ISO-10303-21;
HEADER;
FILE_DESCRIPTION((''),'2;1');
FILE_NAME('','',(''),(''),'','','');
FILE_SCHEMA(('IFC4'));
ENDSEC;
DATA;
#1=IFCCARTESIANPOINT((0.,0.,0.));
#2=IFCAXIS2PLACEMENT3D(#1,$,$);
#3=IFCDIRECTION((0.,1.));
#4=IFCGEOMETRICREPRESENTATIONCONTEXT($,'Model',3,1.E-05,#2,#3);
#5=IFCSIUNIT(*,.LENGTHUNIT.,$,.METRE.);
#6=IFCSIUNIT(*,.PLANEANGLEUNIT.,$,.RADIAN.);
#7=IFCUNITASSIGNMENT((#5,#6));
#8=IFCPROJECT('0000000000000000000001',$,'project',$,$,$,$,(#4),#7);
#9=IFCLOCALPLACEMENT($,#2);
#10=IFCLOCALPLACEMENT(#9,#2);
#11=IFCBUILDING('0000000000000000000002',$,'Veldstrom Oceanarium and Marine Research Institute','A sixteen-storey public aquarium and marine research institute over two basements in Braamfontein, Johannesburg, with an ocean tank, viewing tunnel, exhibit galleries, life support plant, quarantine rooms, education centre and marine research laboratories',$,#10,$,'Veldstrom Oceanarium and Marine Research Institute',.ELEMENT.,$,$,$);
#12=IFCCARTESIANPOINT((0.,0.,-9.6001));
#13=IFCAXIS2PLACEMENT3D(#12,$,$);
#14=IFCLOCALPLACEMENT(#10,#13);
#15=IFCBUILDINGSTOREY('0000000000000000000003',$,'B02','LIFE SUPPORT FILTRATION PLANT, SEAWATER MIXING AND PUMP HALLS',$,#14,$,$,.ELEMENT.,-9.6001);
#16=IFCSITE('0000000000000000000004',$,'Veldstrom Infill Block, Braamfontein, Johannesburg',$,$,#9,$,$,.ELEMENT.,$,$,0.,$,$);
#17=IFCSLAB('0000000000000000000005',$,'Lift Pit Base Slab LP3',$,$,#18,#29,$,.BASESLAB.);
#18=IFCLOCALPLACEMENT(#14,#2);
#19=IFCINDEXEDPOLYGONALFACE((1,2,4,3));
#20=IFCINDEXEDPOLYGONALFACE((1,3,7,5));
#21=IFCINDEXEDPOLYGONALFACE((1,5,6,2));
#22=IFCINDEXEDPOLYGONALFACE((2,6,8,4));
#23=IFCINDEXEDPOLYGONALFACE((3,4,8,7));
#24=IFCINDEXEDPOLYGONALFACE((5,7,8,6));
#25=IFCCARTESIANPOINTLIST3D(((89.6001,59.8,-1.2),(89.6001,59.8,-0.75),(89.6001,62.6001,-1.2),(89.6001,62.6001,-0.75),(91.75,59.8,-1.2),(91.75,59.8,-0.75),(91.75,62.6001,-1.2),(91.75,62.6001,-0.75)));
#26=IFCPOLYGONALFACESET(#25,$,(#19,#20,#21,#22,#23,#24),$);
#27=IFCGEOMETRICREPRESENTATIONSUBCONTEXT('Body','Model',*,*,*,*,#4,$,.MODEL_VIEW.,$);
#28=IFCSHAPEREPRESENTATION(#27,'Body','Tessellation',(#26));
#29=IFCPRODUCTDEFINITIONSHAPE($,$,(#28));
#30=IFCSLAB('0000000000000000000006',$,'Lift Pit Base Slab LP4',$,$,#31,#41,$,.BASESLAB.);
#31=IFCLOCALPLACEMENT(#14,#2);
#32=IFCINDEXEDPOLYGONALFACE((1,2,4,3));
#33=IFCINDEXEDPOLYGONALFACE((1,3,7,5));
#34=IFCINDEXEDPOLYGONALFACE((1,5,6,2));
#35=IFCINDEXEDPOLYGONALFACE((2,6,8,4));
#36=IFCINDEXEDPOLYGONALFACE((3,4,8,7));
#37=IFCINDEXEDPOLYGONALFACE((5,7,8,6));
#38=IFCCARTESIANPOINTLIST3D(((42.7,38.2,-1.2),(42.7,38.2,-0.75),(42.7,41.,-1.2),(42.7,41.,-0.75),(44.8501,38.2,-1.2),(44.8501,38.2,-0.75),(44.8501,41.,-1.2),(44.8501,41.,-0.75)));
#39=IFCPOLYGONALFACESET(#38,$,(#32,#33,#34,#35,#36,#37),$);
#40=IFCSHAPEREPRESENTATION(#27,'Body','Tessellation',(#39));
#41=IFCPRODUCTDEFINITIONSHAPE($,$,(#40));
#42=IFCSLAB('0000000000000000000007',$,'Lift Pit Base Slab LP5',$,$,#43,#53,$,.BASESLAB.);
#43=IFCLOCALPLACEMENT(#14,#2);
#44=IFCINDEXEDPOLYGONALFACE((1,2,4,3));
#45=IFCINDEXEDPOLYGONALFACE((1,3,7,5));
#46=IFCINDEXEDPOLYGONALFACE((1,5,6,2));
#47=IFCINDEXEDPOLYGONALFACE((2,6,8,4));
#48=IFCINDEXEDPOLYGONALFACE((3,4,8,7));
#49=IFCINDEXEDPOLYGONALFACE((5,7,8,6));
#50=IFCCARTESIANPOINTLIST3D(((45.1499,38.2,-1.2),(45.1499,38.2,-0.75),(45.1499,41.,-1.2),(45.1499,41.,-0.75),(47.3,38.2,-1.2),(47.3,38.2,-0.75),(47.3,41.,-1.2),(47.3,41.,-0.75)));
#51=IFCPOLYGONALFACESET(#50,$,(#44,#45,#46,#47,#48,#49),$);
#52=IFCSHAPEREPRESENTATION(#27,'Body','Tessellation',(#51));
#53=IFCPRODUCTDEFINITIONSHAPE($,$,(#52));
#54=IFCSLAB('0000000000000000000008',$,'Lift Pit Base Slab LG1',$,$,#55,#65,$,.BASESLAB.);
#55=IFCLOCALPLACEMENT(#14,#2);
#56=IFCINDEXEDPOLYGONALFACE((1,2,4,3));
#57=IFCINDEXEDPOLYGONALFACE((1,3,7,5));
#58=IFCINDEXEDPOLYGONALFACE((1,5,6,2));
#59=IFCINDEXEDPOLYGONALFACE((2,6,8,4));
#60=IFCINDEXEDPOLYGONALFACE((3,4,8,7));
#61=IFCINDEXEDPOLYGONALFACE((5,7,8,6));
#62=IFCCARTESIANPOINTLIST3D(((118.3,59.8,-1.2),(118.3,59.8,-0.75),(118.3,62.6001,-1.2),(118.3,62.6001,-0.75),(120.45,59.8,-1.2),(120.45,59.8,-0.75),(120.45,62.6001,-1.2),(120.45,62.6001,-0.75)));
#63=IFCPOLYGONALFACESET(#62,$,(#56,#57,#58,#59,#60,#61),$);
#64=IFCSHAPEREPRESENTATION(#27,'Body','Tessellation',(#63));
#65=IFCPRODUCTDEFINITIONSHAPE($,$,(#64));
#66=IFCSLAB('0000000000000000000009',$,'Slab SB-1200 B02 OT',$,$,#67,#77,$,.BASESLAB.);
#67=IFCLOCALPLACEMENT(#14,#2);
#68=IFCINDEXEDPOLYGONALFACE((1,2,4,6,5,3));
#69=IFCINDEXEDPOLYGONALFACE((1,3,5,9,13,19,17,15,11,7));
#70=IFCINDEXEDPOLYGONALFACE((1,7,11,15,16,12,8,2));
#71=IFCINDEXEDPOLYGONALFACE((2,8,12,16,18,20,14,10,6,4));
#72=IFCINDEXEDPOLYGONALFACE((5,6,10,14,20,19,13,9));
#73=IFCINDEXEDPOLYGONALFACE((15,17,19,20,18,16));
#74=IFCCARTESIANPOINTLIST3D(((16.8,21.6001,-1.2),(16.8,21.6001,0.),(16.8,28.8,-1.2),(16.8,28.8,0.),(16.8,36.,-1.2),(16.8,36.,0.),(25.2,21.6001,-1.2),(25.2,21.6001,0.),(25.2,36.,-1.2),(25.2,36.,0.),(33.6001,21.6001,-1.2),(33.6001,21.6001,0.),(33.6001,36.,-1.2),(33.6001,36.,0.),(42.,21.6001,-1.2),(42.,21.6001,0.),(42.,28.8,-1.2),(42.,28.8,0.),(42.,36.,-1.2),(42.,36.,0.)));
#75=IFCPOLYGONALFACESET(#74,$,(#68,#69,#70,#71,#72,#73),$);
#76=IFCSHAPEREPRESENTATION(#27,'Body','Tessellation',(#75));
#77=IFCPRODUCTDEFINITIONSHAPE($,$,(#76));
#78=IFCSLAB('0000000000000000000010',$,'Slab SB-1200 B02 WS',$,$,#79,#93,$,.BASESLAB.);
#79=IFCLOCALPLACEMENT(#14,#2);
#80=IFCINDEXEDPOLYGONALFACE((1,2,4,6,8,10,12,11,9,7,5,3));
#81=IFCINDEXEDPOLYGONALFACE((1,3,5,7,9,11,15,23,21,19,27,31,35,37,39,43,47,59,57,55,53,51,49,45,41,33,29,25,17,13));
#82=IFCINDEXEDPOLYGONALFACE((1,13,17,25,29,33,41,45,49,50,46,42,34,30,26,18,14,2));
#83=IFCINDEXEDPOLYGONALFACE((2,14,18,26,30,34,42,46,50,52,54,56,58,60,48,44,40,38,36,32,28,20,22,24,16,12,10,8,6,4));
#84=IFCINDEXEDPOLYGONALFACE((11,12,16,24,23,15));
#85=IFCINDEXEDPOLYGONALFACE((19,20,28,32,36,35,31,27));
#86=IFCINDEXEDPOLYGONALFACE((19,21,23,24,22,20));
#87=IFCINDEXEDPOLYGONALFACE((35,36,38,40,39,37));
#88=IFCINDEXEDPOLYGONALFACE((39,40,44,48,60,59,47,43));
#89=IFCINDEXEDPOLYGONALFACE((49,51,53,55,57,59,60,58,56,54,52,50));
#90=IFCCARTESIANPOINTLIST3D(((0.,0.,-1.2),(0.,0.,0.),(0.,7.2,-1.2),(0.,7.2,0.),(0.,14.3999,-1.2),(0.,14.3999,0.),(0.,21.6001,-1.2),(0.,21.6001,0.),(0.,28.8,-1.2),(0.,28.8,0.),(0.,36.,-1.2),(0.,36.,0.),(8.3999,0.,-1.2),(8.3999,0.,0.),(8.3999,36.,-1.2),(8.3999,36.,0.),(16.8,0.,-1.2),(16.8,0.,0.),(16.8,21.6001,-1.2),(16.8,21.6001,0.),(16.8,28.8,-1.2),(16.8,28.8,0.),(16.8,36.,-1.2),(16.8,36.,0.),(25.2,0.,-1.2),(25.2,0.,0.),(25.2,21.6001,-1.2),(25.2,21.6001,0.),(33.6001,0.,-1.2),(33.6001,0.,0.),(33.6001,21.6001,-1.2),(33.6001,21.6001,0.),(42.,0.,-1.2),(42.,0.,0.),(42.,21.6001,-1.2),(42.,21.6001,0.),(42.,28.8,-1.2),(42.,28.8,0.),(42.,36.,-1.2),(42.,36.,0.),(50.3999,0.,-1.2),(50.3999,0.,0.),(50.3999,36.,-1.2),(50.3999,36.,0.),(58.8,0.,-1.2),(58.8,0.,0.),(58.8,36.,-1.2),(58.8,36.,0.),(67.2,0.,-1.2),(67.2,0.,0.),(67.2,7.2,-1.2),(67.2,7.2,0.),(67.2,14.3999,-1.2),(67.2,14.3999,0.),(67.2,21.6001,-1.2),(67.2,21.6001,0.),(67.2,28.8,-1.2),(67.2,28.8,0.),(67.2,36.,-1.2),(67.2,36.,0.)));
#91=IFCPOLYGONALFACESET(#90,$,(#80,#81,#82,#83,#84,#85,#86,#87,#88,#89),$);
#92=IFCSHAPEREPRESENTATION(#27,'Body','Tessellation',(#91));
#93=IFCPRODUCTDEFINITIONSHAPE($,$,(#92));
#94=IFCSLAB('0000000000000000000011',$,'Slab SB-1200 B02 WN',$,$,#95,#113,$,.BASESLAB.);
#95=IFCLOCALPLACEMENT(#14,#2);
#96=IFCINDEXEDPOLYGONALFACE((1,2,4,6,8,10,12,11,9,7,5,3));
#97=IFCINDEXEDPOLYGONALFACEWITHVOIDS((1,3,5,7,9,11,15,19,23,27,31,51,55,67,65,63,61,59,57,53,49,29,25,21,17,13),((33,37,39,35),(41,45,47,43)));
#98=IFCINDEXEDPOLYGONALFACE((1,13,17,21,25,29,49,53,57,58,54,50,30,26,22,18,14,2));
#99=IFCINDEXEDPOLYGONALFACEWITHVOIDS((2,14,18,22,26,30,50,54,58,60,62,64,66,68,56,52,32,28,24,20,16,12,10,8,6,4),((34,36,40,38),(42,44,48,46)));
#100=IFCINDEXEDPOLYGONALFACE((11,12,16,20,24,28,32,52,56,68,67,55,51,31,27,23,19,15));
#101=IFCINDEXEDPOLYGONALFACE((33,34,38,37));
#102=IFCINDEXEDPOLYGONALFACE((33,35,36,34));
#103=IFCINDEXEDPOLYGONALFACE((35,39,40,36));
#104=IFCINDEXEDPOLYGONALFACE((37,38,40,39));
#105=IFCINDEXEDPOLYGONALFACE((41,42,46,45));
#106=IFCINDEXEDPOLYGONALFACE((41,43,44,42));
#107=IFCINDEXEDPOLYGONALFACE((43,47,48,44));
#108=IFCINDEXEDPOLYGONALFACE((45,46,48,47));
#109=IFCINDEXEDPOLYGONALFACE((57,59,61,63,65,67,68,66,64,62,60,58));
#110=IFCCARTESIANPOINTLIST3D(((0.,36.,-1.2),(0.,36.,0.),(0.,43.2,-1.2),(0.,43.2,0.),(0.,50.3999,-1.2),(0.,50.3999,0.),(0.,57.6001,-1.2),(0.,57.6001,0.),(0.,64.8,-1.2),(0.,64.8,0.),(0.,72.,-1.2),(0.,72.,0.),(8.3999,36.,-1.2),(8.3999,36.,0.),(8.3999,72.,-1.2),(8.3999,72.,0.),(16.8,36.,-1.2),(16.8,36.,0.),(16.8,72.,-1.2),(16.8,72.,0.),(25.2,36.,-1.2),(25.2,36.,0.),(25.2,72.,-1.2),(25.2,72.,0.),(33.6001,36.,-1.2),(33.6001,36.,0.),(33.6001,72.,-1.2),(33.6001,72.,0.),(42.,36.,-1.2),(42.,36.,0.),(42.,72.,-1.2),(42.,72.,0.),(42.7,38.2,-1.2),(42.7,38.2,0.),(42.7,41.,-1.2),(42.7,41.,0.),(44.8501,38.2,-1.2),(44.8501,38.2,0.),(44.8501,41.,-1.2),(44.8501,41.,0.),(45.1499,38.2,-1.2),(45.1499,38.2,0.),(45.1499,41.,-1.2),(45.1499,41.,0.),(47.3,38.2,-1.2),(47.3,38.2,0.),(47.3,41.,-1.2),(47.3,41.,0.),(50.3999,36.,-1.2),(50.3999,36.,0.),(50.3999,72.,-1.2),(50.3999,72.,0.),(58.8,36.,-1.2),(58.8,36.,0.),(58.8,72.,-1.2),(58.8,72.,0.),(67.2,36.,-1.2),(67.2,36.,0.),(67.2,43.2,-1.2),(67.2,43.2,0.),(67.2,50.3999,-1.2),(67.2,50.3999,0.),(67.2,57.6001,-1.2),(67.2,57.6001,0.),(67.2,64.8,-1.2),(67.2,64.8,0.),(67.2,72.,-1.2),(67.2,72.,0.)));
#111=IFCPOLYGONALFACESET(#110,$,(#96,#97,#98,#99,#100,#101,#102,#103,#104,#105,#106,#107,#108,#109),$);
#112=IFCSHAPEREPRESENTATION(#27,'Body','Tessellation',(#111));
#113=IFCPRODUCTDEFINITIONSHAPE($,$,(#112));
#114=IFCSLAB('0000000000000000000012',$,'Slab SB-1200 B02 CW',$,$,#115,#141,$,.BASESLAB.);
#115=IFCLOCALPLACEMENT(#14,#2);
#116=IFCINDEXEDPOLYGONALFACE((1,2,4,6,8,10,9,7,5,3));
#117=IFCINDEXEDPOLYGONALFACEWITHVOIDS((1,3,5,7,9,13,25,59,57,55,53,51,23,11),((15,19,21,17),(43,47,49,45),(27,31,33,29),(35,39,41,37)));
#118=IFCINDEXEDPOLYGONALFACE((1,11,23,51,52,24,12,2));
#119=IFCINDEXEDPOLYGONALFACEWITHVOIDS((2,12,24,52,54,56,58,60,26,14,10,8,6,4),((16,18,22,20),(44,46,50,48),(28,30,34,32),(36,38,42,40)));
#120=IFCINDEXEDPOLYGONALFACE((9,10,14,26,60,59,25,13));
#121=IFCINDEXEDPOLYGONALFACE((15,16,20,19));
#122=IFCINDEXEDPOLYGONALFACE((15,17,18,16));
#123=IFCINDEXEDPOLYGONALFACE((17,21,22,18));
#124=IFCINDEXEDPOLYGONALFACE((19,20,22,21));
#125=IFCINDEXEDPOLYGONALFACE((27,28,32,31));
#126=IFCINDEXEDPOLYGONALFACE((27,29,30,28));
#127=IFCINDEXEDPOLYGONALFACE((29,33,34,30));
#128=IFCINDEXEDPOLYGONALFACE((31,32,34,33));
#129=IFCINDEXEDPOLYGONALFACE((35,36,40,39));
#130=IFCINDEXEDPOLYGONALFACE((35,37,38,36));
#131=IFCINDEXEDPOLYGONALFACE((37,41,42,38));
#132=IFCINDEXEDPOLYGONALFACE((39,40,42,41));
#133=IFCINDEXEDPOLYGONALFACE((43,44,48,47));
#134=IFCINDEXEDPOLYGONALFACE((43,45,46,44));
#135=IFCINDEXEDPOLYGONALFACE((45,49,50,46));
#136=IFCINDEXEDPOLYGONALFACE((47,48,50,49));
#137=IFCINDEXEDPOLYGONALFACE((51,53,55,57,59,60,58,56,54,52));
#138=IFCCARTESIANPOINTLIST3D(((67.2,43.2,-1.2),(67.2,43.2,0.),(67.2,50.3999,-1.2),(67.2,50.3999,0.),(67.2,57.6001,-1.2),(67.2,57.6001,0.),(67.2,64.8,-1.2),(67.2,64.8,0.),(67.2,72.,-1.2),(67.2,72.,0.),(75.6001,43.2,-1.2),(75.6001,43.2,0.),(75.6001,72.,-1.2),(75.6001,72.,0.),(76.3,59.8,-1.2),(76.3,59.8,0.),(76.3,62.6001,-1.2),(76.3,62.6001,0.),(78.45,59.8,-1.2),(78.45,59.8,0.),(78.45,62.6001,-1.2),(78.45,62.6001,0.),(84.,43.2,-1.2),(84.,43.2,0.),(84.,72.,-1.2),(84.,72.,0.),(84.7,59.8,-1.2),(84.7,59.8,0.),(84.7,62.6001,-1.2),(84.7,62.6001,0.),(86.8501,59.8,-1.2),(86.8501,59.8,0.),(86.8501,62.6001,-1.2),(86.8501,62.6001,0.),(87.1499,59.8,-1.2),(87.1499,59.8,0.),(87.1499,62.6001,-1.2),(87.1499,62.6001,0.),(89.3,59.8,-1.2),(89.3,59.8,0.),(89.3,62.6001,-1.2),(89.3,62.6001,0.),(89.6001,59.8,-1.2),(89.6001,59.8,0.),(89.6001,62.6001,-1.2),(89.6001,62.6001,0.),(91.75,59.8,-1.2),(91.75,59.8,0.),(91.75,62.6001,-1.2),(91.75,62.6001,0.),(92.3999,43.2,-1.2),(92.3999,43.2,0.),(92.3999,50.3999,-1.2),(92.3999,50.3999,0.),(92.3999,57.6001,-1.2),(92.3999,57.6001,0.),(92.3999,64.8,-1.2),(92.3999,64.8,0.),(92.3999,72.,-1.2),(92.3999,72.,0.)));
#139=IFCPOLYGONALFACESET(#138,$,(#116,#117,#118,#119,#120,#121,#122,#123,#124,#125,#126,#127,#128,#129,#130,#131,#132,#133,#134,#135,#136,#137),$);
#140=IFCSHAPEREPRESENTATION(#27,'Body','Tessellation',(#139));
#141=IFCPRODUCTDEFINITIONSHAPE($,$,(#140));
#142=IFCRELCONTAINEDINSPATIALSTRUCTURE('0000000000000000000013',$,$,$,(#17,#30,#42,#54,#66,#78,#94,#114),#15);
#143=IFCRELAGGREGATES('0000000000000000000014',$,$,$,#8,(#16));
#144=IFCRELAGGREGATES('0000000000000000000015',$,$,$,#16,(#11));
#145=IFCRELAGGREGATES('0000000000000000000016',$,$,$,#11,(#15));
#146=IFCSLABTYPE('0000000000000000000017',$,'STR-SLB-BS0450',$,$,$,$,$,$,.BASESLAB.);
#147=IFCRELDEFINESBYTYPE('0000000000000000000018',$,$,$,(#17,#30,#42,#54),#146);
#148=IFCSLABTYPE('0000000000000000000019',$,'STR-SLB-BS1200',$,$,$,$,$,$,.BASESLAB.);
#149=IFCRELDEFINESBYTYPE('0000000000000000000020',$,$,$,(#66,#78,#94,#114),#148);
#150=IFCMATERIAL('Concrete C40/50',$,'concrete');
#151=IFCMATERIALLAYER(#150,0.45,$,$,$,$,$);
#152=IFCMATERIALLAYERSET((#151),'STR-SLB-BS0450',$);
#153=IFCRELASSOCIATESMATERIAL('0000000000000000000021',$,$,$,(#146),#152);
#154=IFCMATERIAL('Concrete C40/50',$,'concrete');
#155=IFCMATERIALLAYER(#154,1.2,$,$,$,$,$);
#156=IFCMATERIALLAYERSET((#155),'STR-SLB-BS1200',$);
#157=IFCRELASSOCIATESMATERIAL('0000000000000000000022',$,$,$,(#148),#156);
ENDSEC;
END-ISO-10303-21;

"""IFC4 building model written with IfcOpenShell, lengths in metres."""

from ifc_helpers import new_model, si_unit, direction, frame, origin, place, context, subcontext, project, spatial, polyline, outline, extrude, material, layer, layer_set, type_object, element, save


model = new_model("IFC4")

# Units and contexts
model_context = context("Model", 3, precision=1e-05, world=origin(), true_north=direction((0.0, 1.0)))
body_context = subcontext(model_context, "Body", "Model", "MODEL_VIEW")
ifc_project = project(units=[si_unit("LENGTHUNIT", "METRE"), si_unit("PLANEANGLEUNIT", "RADIAN")], contexts=[model_context])

# Site, building, storey
site_placement = place(None, origin())
site = spatial("IfcSite", under=ifc_project, at=site_placement, Name="Veldstrom Infill Block, Braamfontein, Johannesburg", CompositionType="ELEMENT", RefElevation=0.0)
building_placement = place(site_placement, origin())
building = spatial("IfcBuilding", under=site, at=building_placement, Name="Veldstrom Oceanarium and Marine Research Institute", Description="A sixteen-storey public aquarium and marine research institute over two basements in Braamfontein, Johannesburg, with an ocean tank, viewing tunnel, exhibit galleries, life support plant, quarantine rooms, education centre and marine research laboratories", LongName="Veldstrom Oceanarium and Marine Research Institute", CompositionType="ELEMENT")
storey_placement = place(building_placement, frame((0.0, 0.0, -9.6001)))
storey = spatial("IfcBuildingStorey", under=building, at=storey_placement, Name="B02", Description="LIFE SUPPORT FILTRATION PLANT, SEAWATER MIXING AND PUMP HALLS", CompositionType="ELEMENT", Elevation=-9.6001)

# Slabs
ifc_material_1 = material(Name="Concrete C40/50", Category="concrete")
ifc_layer_1 = layer(ifc_material_1, 0.45)
ifc_layer_set_1 = layer_set([ifc_layer_1], Name="STR-SLB-BS0450")
slab_type_1 = type_object("IfcSlabType", Name="STR-SLB-BS0450", PredefinedType="BASESLAB", material=ifc_layer_set_1)
slab_1_placement = place(storey_placement, frame((0.0, 0.0, -1.2)))
element("IfcSlab", 1, at=slab_1_placement, inside=storey, type_object=slab_type_1, Name="Lift Pit Base Slab LP3", PredefinedType="BASESLAB", context=body_context, shape_type="SweptSolid", body=[
    extrude(outline(polyline([(89.6001, 59.8), (91.75, 59.8), (91.75, 62.6001), (89.6001, 62.6001), (89.6001, 59.8)])), origin(), (0.0, 0.0, 1.0), 0.45),
])
slab_2_placement = place(storey_placement, frame((0.0, 0.0, -1.2)))
element("IfcSlab", 2, at=slab_2_placement, inside=storey, type_object=slab_type_1, Name="Lift Pit Base Slab LP4", PredefinedType="BASESLAB", context=body_context, shape_type="SweptSolid", body=[
    extrude(outline(polyline([(42.7, 38.2), (44.8501, 38.2), (44.8501, 41.0), (42.7, 41.0), (42.7, 38.2)])), origin(), (0.0, 0.0, 1.0), 0.45),
])
slab_3_placement = place(storey_placement, frame((0.0, 0.0, -1.2)))
element("IfcSlab", 3, at=slab_3_placement, inside=storey, type_object=slab_type_1, Name="Lift Pit Base Slab LP5", PredefinedType="BASESLAB", context=body_context, shape_type="SweptSolid", body=[
    extrude(outline(polyline([(45.1499, 38.2), (47.3, 38.2), (47.3, 41.0), (45.1499, 41.0), (45.1499, 38.2)])), origin(), (0.0, 0.0, 1.0), 0.45),
])
slab_4_placement = place(storey_placement, frame((0.0, 0.0, -1.2)))
element("IfcSlab", 4, at=slab_4_placement, inside=storey, type_object=slab_type_1, Name="Lift Pit Base Slab LG1", PredefinedType="BASESLAB", context=body_context, shape_type="SweptSolid", body=[
    extrude(outline(polyline([(118.3, 59.8), (120.45, 59.8), (120.45, 62.6001), (118.3, 62.6001), (118.3, 59.8)])), origin(), (0.0, 0.0, 1.0), 0.45),
])
ifc_material_2 = material(Name="Concrete C40/50", Category="concrete")
ifc_layer_2 = layer(ifc_material_2, 1.2)
ifc_layer_set_2 = layer_set([ifc_layer_2], Name="STR-SLB-BS1200")
slab_type_2 = type_object("IfcSlabType", Name="STR-SLB-BS1200", PredefinedType="BASESLAB", material=ifc_layer_set_2)
slab_5_placement = place(storey_placement, frame((0.0, 0.0, -1.2)))
element("IfcSlab", 5, at=slab_5_placement, inside=storey, type_object=slab_type_2, Name="Slab SB-1200 B02 OT", PredefinedType="BASESLAB", context=body_context, shape_type="SweptSolid", body=[
    extrude(outline(polyline([(25.2, 21.6001), (16.8, 21.6001), (16.8, 28.8), (16.8, 36.0), (25.2, 36.0), (33.6001, 36.0), (42.0, 36.0), (42.0, 28.8), (42.0, 21.6001), (33.6001, 21.6001), (25.2, 21.6001)])), origin(), (0.0, 0.0, 1.0), 1.2),
])
slab_6_placement = place(storey_placement, frame((0.0, 0.0, -1.2)))
element("IfcSlab", 6, at=slab_6_placement, inside=storey, type_object=slab_type_2, Name="Slab SB-1200 B02 WS", PredefinedType="BASESLAB", context=body_context, shape_type="SweptSolid", body=[
    extrude(outline(polyline([(0.0, 36.0), (8.3999, 36.0), (16.8, 36.0), (16.8, 28.8), (16.8, 21.6001), (25.2, 21.6001), (33.6001, 21.6001), (42.0, 21.6001), (42.0, 28.8), (42.0, 36.0), (50.3999, 36.0), (58.8, 36.0), (67.2, 36.0), (67.2, 28.8), (67.2, 21.6001), (67.2, 14.3999), (67.2, 7.2), (67.2, 0.0), (58.8, 0.0), (50.3999, 0.0), (42.0, 0.0), (33.6001, 0.0), (25.2, 0.0), (16.8, 0.0), (8.3999, 0.0), (0.0, 0.0), (0.0, 7.2), (0.0, 14.3999), (0.0, 21.6001), (0.0, 28.8), (0.0, 36.0)])), origin(), (0.0, 0.0, 1.0), 1.2),
])
slab_7_placement = place(storey_placement, frame((0.0, 0.0, -1.2)))
element("IfcSlab", 7, at=slab_7_placement, inside=storey, type_object=slab_type_2, Name="Slab SB-1200 B02 WN", PredefinedType="BASESLAB", context=body_context, shape_type="SweptSolid", body=[
    extrude(outline(polyline([(0.0, 72.0), (8.3999, 72.0), (16.8, 72.0), (25.2, 72.0), (33.6001, 72.0), (42.0, 72.0), (50.3999, 72.0), (58.8, 72.0), (67.2, 72.0), (67.2, 64.8), (67.2, 57.6001), (67.2, 50.3999), (67.2, 43.2), (67.2, 36.0), (58.8, 36.0), (50.3999, 36.0), (42.0, 36.0), (33.6001, 36.0), (25.2, 36.0), (16.8, 36.0), (8.3999, 36.0), (0.0, 36.0), (0.0, 43.2), (0.0, 50.3999), (0.0, 57.6001), (0.0, 64.8), (0.0, 72.0)]), holes=[polyline([(42.7, 38.2), (44.8501, 38.2), (44.8501, 41.0), (42.7, 41.0), (42.7, 38.2)]), polyline([(45.1499, 41.0), (45.1499, 38.2), (47.3, 38.2), (47.3, 41.0), (45.1499, 41.0)])]), origin(), (0.0, 0.0, 1.0), 1.2),
])
slab_8_placement = place(storey_placement, frame((0.0, 0.0, -1.2)))
element("IfcSlab", 8, at=slab_8_placement, inside=storey, type_object=slab_type_2, Name="Slab SB-1200 B02 CW", PredefinedType="BASESLAB", context=body_context, shape_type="SweptSolid", body=[
    extrude(outline(polyline([(92.3999, 50.3999), (92.3999, 43.2), (84.0, 43.2), (75.6001, 43.2), (67.2, 43.2), (67.2, 50.3999), (67.2, 57.6001), (67.2, 64.8), (67.2, 72.0), (75.6001, 72.0), (84.0, 72.0), (92.3999, 72.0), (92.3999, 64.8), (92.3999, 57.6001), (92.3999, 50.3999)]), holes=[polyline([(78.45, 59.8), (78.45, 62.6001), (76.3, 62.6001), (76.3, 59.8), (78.45, 59.8)]), polyline([(84.7, 62.6001), (84.7, 59.8), (86.8501, 59.8), (86.8501, 62.6001), (84.7, 62.6001)]), polyline([(89.3, 62.6001), (87.1499, 62.6001), (87.1499, 59.8), (89.3, 59.8), (89.3, 62.6001)]), polyline([(91.75, 59.8), (91.75, 62.6001), (89.6001, 62.6001), (89.6001, 59.8), (91.75, 59.8)])]), origin(), (0.0, 0.0, 1.0), 1.2),
])

save(model, "model.ifc")
